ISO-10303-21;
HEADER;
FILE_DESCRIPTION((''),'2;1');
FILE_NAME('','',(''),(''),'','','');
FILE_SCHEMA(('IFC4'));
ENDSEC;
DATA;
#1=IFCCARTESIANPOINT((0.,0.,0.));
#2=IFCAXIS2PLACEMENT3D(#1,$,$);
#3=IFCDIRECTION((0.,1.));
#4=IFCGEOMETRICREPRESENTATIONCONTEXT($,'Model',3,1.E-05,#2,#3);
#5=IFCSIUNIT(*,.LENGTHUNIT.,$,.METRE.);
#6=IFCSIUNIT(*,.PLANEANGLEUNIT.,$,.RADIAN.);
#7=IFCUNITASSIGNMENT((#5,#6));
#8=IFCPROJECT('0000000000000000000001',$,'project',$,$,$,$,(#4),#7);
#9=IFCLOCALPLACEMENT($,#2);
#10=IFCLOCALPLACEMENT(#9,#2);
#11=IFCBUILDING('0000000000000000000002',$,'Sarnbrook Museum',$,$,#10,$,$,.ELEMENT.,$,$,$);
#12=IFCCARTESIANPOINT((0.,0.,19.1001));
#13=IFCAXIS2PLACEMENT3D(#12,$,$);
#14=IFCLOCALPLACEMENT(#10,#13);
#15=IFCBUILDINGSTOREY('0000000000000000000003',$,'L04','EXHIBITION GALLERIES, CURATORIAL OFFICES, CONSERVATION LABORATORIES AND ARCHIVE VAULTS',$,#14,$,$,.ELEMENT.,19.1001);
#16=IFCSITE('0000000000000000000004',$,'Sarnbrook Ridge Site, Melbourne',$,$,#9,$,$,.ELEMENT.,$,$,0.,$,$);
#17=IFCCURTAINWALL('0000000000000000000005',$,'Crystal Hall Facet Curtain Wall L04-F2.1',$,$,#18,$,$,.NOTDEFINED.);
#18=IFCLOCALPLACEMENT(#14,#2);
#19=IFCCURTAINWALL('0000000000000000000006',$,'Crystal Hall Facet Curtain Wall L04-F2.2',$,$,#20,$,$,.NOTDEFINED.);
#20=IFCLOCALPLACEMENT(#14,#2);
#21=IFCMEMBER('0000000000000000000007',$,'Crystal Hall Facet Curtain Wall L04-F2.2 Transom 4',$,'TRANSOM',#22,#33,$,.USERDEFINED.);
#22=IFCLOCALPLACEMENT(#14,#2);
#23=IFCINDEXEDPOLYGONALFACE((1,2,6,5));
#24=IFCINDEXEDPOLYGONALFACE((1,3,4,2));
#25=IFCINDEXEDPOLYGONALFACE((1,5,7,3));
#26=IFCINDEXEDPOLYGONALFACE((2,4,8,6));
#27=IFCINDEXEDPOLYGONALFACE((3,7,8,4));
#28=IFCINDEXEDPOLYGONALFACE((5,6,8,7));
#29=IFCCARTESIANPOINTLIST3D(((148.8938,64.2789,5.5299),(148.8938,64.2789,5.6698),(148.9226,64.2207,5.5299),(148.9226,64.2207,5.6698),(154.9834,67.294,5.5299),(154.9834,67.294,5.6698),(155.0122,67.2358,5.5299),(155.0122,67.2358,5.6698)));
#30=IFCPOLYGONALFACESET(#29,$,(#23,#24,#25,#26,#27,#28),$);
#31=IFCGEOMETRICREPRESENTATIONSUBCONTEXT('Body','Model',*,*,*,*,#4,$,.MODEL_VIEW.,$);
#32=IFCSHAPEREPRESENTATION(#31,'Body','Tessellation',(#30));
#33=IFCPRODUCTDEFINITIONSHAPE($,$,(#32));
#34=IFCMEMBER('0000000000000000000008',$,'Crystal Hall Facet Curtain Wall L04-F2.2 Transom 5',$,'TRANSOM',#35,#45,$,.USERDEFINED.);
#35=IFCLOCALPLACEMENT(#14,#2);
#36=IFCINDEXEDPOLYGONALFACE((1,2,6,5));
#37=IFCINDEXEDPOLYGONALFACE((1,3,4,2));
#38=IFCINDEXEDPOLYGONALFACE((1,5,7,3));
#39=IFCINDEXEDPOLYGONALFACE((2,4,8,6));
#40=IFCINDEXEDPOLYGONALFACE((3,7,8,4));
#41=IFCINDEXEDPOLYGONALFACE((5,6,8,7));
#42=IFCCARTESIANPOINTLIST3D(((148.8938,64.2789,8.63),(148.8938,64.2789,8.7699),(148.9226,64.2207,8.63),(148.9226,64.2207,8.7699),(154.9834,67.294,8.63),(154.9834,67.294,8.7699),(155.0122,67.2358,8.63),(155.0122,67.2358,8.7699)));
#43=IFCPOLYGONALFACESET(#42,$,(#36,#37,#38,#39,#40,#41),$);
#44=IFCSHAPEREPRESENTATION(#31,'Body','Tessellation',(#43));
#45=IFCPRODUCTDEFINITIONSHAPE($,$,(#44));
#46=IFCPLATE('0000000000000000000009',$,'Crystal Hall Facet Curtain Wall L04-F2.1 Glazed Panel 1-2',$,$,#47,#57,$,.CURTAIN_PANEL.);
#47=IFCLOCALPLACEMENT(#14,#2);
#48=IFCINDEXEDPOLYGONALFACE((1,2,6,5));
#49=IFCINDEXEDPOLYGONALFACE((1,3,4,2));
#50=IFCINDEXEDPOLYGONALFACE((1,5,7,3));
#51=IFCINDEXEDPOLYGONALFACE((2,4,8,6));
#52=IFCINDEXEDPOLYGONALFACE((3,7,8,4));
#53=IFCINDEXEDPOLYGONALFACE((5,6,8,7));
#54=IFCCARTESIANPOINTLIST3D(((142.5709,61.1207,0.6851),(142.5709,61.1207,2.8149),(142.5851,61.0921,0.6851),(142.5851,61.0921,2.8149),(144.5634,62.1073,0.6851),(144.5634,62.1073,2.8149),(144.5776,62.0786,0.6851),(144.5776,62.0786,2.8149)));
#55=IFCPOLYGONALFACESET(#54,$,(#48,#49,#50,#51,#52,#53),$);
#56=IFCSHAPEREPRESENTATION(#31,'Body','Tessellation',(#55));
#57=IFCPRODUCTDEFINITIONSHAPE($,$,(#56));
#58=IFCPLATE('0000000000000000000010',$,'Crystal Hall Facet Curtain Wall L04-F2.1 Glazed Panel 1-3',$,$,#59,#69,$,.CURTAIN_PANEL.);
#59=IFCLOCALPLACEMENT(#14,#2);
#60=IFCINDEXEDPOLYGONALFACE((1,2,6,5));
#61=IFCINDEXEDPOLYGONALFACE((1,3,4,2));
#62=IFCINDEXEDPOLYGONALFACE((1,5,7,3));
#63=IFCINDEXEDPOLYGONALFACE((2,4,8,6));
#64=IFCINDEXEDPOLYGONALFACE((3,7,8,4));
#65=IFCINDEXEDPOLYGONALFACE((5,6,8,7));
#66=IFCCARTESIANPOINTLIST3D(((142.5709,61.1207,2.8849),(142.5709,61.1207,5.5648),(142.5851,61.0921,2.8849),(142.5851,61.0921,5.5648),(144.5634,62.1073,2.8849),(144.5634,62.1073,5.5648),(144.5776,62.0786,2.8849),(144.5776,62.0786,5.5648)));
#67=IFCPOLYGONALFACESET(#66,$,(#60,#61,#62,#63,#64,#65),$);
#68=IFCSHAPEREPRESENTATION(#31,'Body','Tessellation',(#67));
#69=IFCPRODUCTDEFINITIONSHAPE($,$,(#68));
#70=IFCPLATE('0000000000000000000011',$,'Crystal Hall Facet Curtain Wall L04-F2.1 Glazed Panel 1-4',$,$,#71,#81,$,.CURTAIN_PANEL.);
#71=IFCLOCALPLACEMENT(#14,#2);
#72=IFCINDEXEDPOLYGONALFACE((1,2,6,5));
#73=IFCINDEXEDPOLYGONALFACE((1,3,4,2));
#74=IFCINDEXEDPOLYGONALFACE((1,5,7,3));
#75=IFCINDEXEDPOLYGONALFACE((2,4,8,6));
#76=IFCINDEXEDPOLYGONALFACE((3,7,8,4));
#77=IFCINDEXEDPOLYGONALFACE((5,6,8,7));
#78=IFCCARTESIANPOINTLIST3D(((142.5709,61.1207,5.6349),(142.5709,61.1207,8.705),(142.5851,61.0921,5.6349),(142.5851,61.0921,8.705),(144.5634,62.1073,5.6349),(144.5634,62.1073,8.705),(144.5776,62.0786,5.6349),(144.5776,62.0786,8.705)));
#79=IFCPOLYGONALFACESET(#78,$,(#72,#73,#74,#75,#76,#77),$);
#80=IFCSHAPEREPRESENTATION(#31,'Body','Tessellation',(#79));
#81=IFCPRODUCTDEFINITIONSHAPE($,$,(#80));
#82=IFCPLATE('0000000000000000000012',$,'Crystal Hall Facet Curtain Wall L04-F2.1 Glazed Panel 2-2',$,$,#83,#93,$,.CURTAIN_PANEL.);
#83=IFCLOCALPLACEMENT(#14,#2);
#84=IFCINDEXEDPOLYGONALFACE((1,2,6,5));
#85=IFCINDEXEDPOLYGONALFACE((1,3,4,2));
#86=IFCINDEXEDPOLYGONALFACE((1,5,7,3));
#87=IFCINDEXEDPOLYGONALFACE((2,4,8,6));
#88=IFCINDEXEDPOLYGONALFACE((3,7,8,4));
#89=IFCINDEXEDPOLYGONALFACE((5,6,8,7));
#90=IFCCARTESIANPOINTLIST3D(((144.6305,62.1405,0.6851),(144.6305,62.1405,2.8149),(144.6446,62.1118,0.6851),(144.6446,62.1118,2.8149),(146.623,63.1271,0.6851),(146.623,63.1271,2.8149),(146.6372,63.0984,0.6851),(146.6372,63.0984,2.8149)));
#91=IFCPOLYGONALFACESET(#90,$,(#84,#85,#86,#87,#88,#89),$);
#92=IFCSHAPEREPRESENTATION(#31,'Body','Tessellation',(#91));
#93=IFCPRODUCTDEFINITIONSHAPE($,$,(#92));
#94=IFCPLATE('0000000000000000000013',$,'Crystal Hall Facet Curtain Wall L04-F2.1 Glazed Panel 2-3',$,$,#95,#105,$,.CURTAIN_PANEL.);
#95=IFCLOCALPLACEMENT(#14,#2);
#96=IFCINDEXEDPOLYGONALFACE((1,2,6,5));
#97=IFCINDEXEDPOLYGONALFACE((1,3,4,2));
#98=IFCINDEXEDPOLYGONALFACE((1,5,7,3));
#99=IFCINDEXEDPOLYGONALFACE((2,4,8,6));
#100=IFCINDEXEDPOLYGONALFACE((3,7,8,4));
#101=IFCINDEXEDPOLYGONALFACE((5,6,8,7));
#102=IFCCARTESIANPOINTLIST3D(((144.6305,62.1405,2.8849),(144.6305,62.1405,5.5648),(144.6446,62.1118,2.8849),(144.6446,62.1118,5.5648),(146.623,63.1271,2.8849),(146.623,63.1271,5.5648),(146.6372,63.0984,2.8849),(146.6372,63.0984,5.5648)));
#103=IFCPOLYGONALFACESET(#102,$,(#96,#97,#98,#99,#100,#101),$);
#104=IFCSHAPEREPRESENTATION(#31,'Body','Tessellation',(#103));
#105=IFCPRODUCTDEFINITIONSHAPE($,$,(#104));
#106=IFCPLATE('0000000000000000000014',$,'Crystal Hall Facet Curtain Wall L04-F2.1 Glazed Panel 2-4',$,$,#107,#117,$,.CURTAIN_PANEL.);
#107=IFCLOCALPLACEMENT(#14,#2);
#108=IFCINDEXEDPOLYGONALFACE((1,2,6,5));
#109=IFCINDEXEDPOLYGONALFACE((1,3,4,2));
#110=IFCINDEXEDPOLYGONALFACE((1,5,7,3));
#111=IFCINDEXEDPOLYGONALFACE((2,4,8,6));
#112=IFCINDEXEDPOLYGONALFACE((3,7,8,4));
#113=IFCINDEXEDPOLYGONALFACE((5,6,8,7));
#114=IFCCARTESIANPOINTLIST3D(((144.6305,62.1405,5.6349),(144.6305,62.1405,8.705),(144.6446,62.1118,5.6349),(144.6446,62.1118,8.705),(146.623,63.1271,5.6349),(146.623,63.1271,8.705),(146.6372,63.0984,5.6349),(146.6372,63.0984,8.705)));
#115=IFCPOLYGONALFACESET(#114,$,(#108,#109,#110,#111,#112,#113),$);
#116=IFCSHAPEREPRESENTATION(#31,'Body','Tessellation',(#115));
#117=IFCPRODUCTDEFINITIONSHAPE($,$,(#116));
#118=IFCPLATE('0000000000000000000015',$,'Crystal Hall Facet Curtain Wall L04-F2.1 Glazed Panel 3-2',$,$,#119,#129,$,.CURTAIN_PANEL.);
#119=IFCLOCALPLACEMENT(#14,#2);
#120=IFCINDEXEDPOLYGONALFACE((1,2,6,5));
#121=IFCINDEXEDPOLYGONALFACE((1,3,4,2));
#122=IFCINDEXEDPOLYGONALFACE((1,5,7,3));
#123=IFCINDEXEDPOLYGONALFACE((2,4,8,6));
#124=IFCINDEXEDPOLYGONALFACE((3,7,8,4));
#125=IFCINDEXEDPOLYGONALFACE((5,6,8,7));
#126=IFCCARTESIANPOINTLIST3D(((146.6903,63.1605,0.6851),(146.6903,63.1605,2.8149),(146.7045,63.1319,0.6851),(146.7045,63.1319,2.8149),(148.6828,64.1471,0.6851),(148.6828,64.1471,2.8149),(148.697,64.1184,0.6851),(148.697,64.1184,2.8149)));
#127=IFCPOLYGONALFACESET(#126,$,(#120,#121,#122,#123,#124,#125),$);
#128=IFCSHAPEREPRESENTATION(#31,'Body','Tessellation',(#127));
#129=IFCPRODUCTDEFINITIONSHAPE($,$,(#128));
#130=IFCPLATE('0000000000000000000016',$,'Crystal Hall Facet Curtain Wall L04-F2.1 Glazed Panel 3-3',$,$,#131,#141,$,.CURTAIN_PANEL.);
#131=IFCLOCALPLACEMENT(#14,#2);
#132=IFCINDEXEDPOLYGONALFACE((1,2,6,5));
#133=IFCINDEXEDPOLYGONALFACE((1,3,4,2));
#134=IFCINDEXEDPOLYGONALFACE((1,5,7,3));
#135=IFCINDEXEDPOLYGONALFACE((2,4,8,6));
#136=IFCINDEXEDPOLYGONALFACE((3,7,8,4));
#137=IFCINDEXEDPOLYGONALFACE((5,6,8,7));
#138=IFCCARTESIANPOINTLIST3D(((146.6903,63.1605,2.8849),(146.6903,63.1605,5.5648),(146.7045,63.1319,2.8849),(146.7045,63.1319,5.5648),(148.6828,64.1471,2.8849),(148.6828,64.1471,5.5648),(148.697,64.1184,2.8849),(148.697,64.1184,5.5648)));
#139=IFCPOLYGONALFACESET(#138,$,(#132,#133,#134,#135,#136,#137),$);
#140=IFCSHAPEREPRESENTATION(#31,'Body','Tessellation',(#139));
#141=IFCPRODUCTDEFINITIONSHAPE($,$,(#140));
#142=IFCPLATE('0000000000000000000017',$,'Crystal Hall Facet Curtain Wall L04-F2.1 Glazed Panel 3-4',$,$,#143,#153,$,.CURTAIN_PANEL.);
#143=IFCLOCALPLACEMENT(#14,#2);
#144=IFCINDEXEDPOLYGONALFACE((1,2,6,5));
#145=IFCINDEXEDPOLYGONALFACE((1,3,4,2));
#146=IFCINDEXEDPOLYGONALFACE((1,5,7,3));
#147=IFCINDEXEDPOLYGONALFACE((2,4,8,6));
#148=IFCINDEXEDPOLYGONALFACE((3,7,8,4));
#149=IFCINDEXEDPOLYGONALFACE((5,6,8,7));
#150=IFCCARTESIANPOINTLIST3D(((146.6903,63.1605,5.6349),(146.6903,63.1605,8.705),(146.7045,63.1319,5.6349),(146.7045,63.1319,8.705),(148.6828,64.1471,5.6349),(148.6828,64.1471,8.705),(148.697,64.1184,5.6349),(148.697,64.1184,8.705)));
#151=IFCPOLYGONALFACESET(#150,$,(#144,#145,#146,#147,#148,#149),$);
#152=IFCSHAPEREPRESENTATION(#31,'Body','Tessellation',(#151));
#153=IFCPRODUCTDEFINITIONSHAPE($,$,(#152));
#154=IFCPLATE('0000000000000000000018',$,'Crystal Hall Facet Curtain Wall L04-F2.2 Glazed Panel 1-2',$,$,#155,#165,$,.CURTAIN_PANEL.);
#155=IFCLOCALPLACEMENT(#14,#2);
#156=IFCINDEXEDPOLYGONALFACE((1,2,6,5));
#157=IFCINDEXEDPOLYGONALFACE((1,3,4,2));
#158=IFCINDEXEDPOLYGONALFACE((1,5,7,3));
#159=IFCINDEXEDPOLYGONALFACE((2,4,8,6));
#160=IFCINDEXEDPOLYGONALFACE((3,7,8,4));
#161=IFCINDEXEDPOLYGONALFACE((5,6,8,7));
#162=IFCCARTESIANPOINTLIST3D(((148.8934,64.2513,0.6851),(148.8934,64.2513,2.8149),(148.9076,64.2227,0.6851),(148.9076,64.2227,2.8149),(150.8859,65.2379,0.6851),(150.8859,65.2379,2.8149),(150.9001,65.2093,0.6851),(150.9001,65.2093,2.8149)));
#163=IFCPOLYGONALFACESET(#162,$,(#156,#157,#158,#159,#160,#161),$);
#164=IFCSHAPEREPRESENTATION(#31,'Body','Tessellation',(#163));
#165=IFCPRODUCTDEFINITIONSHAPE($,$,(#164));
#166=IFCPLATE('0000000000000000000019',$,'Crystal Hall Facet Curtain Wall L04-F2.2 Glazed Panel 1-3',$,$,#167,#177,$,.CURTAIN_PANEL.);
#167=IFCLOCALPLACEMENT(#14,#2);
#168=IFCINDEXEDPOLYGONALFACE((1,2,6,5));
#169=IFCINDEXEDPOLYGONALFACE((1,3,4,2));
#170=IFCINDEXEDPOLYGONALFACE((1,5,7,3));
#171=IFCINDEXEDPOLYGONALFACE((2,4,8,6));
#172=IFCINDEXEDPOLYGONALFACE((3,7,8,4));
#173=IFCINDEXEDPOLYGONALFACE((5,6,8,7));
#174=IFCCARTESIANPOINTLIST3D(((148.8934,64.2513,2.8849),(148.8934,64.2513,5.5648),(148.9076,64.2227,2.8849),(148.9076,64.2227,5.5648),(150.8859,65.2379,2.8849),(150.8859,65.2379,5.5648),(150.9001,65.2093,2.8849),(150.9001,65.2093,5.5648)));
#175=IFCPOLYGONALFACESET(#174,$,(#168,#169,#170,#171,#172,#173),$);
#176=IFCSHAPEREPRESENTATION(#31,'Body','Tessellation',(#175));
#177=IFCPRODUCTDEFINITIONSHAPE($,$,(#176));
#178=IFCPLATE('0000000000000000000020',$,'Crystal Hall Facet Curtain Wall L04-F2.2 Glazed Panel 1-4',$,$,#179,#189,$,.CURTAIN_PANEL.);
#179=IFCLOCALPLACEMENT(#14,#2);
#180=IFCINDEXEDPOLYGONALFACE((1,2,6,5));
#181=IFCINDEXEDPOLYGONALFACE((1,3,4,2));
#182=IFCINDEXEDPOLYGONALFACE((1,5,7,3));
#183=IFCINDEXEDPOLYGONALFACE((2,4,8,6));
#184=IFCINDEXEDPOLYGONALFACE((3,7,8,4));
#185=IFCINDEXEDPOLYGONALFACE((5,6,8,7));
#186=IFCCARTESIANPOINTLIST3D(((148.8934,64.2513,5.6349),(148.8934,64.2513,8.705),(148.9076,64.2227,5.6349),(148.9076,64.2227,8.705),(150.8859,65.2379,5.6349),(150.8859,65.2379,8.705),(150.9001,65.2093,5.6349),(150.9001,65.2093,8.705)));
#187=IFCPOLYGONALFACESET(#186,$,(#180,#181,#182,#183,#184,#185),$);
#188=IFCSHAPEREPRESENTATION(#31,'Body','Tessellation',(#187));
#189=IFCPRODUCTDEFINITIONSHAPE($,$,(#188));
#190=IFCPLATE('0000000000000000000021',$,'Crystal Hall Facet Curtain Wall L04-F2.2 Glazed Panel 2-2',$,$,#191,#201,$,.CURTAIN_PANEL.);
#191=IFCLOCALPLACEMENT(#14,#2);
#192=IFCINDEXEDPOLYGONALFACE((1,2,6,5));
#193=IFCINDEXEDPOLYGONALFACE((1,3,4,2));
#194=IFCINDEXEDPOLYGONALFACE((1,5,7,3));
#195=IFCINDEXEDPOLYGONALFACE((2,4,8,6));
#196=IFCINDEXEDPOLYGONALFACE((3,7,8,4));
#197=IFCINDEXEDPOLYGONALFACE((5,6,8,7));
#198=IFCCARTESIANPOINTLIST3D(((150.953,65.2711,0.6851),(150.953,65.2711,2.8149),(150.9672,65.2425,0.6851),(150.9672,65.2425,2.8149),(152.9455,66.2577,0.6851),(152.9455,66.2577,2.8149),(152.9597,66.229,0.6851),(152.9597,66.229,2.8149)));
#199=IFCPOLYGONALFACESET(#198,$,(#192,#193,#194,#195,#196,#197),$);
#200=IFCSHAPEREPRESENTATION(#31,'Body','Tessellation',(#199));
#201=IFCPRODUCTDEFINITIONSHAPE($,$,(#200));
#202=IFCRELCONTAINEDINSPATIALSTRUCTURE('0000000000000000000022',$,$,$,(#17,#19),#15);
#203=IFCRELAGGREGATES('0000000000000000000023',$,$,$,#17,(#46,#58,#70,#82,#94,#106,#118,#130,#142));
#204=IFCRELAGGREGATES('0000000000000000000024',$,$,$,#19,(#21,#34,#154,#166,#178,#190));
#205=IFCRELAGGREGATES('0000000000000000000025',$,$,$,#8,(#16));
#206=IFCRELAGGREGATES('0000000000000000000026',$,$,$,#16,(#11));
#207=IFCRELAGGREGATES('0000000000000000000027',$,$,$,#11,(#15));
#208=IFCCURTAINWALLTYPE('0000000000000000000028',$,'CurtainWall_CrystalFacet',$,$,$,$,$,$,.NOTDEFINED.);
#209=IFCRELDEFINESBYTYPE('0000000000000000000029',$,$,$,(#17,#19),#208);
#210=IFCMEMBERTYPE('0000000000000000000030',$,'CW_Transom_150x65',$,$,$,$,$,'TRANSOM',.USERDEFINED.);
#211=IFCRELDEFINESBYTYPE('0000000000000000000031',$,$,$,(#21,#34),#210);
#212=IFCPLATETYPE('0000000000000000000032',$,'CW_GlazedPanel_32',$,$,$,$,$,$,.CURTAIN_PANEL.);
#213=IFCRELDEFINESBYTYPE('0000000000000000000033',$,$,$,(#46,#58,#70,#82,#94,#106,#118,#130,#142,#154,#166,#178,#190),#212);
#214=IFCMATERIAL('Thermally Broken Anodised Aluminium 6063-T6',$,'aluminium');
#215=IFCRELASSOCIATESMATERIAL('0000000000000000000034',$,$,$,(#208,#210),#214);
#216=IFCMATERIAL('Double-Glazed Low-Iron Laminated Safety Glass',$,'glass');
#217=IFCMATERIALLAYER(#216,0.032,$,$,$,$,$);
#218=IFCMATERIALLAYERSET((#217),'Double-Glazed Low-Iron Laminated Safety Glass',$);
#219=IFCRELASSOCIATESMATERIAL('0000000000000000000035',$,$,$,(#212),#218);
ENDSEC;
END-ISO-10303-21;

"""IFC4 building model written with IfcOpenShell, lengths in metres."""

from ifc_helpers import new_model, si_unit, direction, frame, origin, origin_2d, place, context, subcontext, project, spatial, rectangle, extrude, material, layer, layer_set, material_profile, profile_set, type_object, element, aggregate, save


model = new_model("IFC4")

# Units and contexts
model_context = context("Model", 3, precision=1e-05, world=origin(), true_north=direction((0.0, 1.0)))
body_context = subcontext(model_context, "Body", "Model", "MODEL_VIEW")
ifc_project = project(units=[si_unit("LENGTHUNIT", "METRE"), si_unit("PLANEANGLEUNIT", "RADIAN")], contexts=[model_context])

# Site, building, storey
site_placement = place(None, origin())
site = spatial("IfcSite", under=ifc_project, at=site_placement, Name="Sarnbrook Ridge Site, Melbourne", CompositionType="ELEMENT", RefElevation=0.0)
building_placement = place(site_placement, origin())
building = spatial("IfcBuilding", under=site, at=building_placement, Name="Sarnbrook Museum", CompositionType="ELEMENT")
storey_placement = place(building_placement, frame((0.0, 0.0, 19.1001)))
storey = spatial("IfcBuildingStorey", under=building, at=storey_placement, Name="L04", Description="EXHIBITION GALLERIES, CURATORIAL OFFICES, CONSERVATION LABORATORIES AND ARCHIVE VAULTS", CompositionType="ELEMENT", Elevation=19.1001)

# Curtain walls
ifc_material_1 = material(Name="Thermally Broken Anodised Aluminium 6063-T6", Category="aluminium")
curtain_wall_type = type_object("IfcCurtainWallType", Name="CurtainWall_CrystalFacet", PredefinedType="NOTDEFINED", material=ifc_material_1)
curtain_wall_1_placement = place(storey_placement, origin())
curtain_wall_1 = element("IfcCurtainWall", 1, at=curtain_wall_1_placement, inside=storey, type_object=curtain_wall_type, Name="Crystal Hall Facet Curtain Wall L04-F2.1", PredefinedType="NOTDEFINED")
curtain_wall_2_placement = place(storey_placement, origin())
curtain_wall_2 = element("IfcCurtainWall", 2, at=curtain_wall_2_placement, inside=storey, type_object=curtain_wall_type, Name="Crystal Hall Facet Curtain Wall L04-F2.2", PredefinedType="NOTDEFINED")

# Members
ifc_material_profile_1 = material_profile(ifc_material_1, rectangle(XDim=0.0649, YDim=0.1399, at=origin_2d()), Name="ALU TRANSOM 65x140")
ifc_profile_set_1 = profile_set([ifc_material_profile_1], Name="Thermally Broken Anodised Aluminium 6063-T6")
member_type_1 = type_object("IfcMemberType", Name="CW_Transom_150x65", ElementType="TRANSOM", PredefinedType="USERDEFINED", material=ifc_profile_set_1)
member_1_placement = place(storey_placement, frame((148.9082, 64.2498, 5.5999), z_axis=(0.896167, 0.443718, 0.0), x_axis=(-0.443718, 0.896167, 0.0)))
member_1 = element("IfcMember", 3, at=member_1_placement, type_object=member_type_1, Name="Crystal Hall Facet Curtain Wall L04-F2.2 Transom 4", ObjectType="TRANSOM", PredefinedType="USERDEFINED", context=body_context, shape_type="SweptSolid", body=[
    extrude(rectangle(XDim=0.0649, YDim=0.1399, at=origin_2d()), origin(), (0.0, 0.0, 1.0), 6.7952),
])
member_2_placement = place(storey_placement, frame((148.9082, 64.2498, 8.7), z_axis=(0.896167, 0.443718, 0.0), x_axis=(-0.443718, 0.896167, 0.0)))
member_2 = element("IfcMember", 4, at=member_2_placement, type_object=member_type_1, Name="Crystal Hall Facet Curtain Wall L04-F2.2 Transom 5", ObjectType="TRANSOM", PredefinedType="USERDEFINED", context=body_context, shape_type="SweptSolid", body=[
    extrude(rectangle(XDim=0.0649, YDim=0.1399, at=origin_2d()), origin(), (0.0, 0.0, 1.0), 6.7952),
])

# Plates
ifc_material_2 = material(Name="Double-Glazed Low-Iron Laminated Safety Glass", Category="glass")
ifc_layer_1 = layer(ifc_material_2, 0.032)
ifc_layer_set_1 = layer_set([ifc_layer_1], Name="Double-Glazed Low-Iron Laminated Safety Glass")
plate_type_1 = type_object("IfcPlateType", Name="CW_GlazedPanel_32", PredefinedType="CURTAIN_PANEL", material=ifc_layer_set_1)
plate_1_placement = place(storey_placement, frame((143.5671, 61.614, 1.75), z_axis=(0.443729, -0.896161, 0.0), x_axis=(0.896161, 0.443729, 0.0)))
plate_1 = element("IfcPlate", 5, at=plate_1_placement, type_object=plate_type_1, Name="Crystal Hall Facet Curtain Wall L04-F2.1 Glazed Panel 1-2", PredefinedType="CURTAIN_PANEL", context=body_context, shape_type="SweptSolid", body=[
    extrude(rectangle(XDim=2.2234, YDim=2.1299, at=origin_2d()), origin(), (0.0, 0.0, 1.0), 0.032),
])
plate_2_placement = place(storey_placement, frame((143.5671, 61.614, 4.2249), z_axis=(0.443729, -0.896161, 0.0), x_axis=(0.896161, 0.443729, 0.0)))
plate_2 = element("IfcPlate", 6, at=plate_2_placement, type_object=plate_type_1, Name="Crystal Hall Facet Curtain Wall L04-F2.1 Glazed Panel 1-3", PredefinedType="CURTAIN_PANEL", context=body_context, shape_type="SweptSolid", body=[
    extrude(rectangle(XDim=2.2234, YDim=2.6799, at=origin_2d()), origin(), (0.0, 0.0, 1.0), 0.032),
])
plate_3_placement = place(storey_placement, frame((143.5671, 61.614, 7.1699), z_axis=(0.443729, -0.896161, 0.0), x_axis=(0.896161, 0.443729, 0.0)))
plate_3 = element("IfcPlate", 7, at=plate_3_placement, type_object=plate_type_1, Name="Crystal Hall Facet Curtain Wall L04-F2.1 Glazed Panel 1-4", PredefinedType="CURTAIN_PANEL", context=body_context, shape_type="SweptSolid", body=[
    extrude(rectangle(XDim=2.2234, YDim=3.0701, at=origin_2d()), origin(), (0.0, 0.0, 1.0), 0.032),
])
plate_4_placement = place(storey_placement, frame((145.6267, 62.6338, 1.75), z_axis=(0.443729, -0.896161, 0.0), x_axis=(0.896161, 0.443729, 0.0)))
plate_4 = element("IfcPlate", 8, at=plate_4_placement, type_object=plate_type_1, Name="Crystal Hall Facet Curtain Wall L04-F2.1 Glazed Panel 2-2", PredefinedType="CURTAIN_PANEL", context=body_context, shape_type="SweptSolid", body=[
    extrude(rectangle(XDim=2.2234, YDim=2.1299, at=origin_2d()), origin(), (0.0, 0.0, 1.0), 0.032),
])
plate_5_placement = place(storey_placement, frame((145.6267, 62.6338, 4.2249), z_axis=(0.443729, -0.896161, 0.0), x_axis=(0.896161, 0.443729, 0.0)))
plate_5 = element("IfcPlate", 9, at=plate_5_placement, type_object=plate_type_1, Name="Crystal Hall Facet Curtain Wall L04-F2.1 Glazed Panel 2-3", PredefinedType="CURTAIN_PANEL", context=body_context, shape_type="SweptSolid", body=[
    extrude(rectangle(XDim=2.2234, YDim=2.6799, at=origin_2d()), origin(), (0.0, 0.0, 1.0), 0.032),
])
plate_6_placement = place(storey_placement, frame((145.6267, 62.6338, 7.1699), z_axis=(0.443729, -0.896161, 0.0), x_axis=(0.896161, 0.443729, 0.0)))
plate_6 = element("IfcPlate", 10, at=plate_6_placement, type_object=plate_type_1, Name="Crystal Hall Facet Curtain Wall L04-F2.1 Glazed Panel 2-4", PredefinedType="CURTAIN_PANEL", context=body_context, shape_type="SweptSolid", body=[
    extrude(rectangle(XDim=2.2234, YDim=3.0701, at=origin_2d()), origin(), (0.0, 0.0, 1.0), 0.032),
])
plate_7_placement = place(storey_placement, frame((147.6865, 63.6538, 1.75), z_axis=(0.443729, -0.896161, 0.0), x_axis=(0.896161, 0.443729, 0.0)))
plate_7 = element("IfcPlate", 11, at=plate_7_placement, type_object=plate_type_1, Name="Crystal Hall Facet Curtain Wall L04-F2.1 Glazed Panel 3-2", PredefinedType="CURTAIN_PANEL", context=body_context, shape_type="SweptSolid", body=[
    extrude(rectangle(XDim=2.2234, YDim=2.1299, at=origin_2d()), origin(), (0.0, 0.0, 1.0), 0.032),
])
plate_8_placement = place(storey_placement, frame((147.6865, 63.6538, 4.2249), z_axis=(0.443729, -0.896161, 0.0), x_axis=(0.896161, 0.443729, 0.0)))
plate_8 = element("IfcPlate", 12, at=plate_8_placement, type_object=plate_type_1, Name="Crystal Hall Facet Curtain Wall L04-F2.1 Glazed Panel 3-3", PredefinedType="CURTAIN_PANEL", context=body_context, shape_type="SweptSolid", body=[
    extrude(rectangle(XDim=2.2234, YDim=2.6799, at=origin_2d()), origin(), (0.0, 0.0, 1.0), 0.032),
])
plate_9_placement = place(storey_placement, frame((147.6865, 63.6538, 7.1699), z_axis=(0.443729, -0.896161, 0.0), x_axis=(0.896161, 0.443729, 0.0)))
plate_9 = element("IfcPlate", 13, at=plate_9_placement, type_object=plate_type_1, Name="Crystal Hall Facet Curtain Wall L04-F2.1 Glazed Panel 3-4", PredefinedType="CURTAIN_PANEL", context=body_context, shape_type="SweptSolid", body=[
    extrude(rectangle(XDim=2.2234, YDim=3.0701, at=origin_2d()), origin(), (0.0, 0.0, 1.0), 0.032),
])
plate_10_placement = place(storey_placement, frame((149.8896, 64.7446, 1.75), z_axis=(0.443729, -0.896161, 0.0), x_axis=(0.896161, 0.443729, 0.0)))
plate_10 = element("IfcPlate", 14, at=plate_10_placement, type_object=plate_type_1, Name="Crystal Hall Facet Curtain Wall L04-F2.2 Glazed Panel 1-2", PredefinedType="CURTAIN_PANEL", context=body_context, shape_type="SweptSolid", body=[
    extrude(rectangle(XDim=2.2234, YDim=2.1299, at=origin_2d()), origin(), (0.0, 0.0, 1.0), 0.032),
])
plate_11_placement = place(storey_placement, frame((149.8896, 64.7446, 4.2249), z_axis=(0.443729, -0.896161, 0.0), x_axis=(0.896161, 0.443729, 0.0)))
plate_11 = element("IfcPlate", 15, at=plate_11_placement, type_object=plate_type_1, Name="Crystal Hall Facet Curtain Wall L04-F2.2 Glazed Panel 1-3", PredefinedType="CURTAIN_PANEL", context=body_context, shape_type="SweptSolid", body=[
    extrude(rectangle(XDim=2.2234, YDim=2.6799, at=origin_2d()), origin(), (0.0, 0.0, 1.0), 0.032),
])
plate_12_placement = place(storey_placement, frame((149.8896, 64.7446, 7.1699), z_axis=(0.443729, -0.896161, 0.0), x_axis=(0.896161, 0.443729, 0.0)))
plate_12 = element("IfcPlate", 16, at=plate_12_placement, type_object=plate_type_1, Name="Crystal Hall Facet Curtain Wall L04-F2.2 Glazed Panel 1-4", PredefinedType="CURTAIN_PANEL", context=body_context, shape_type="SweptSolid", body=[
    extrude(rectangle(XDim=2.2234, YDim=3.0701, at=origin_2d()), origin(), (0.0, 0.0, 1.0), 0.032),
])
plate_13_placement = place(storey_placement, frame((151.9492, 65.7644, 1.75), z_axis=(0.443729, -0.896161, 0.0), x_axis=(0.896161, 0.443729, 0.0)))
plate_13 = element("IfcPlate", 17, at=plate_13_placement, type_object=plate_type_1, Name="Crystal Hall Facet Curtain Wall L04-F2.2 Glazed Panel 2-2", PredefinedType="CURTAIN_PANEL", context=body_context, shape_type="SweptSolid", body=[
    extrude(rectangle(XDim=2.2234, YDim=2.1299, at=origin_2d()), origin(), (0.0, 0.0, 1.0), 0.032),
])
aggregate(curtain_wall_1, [plate_1, plate_2, plate_3, plate_4, plate_5, plate_6, plate_7, plate_8, plate_9])
aggregate(curtain_wall_2, [member_1, member_2, plate_10, plate_11, plate_12, plate_13])

save(model, "model.ifc")
